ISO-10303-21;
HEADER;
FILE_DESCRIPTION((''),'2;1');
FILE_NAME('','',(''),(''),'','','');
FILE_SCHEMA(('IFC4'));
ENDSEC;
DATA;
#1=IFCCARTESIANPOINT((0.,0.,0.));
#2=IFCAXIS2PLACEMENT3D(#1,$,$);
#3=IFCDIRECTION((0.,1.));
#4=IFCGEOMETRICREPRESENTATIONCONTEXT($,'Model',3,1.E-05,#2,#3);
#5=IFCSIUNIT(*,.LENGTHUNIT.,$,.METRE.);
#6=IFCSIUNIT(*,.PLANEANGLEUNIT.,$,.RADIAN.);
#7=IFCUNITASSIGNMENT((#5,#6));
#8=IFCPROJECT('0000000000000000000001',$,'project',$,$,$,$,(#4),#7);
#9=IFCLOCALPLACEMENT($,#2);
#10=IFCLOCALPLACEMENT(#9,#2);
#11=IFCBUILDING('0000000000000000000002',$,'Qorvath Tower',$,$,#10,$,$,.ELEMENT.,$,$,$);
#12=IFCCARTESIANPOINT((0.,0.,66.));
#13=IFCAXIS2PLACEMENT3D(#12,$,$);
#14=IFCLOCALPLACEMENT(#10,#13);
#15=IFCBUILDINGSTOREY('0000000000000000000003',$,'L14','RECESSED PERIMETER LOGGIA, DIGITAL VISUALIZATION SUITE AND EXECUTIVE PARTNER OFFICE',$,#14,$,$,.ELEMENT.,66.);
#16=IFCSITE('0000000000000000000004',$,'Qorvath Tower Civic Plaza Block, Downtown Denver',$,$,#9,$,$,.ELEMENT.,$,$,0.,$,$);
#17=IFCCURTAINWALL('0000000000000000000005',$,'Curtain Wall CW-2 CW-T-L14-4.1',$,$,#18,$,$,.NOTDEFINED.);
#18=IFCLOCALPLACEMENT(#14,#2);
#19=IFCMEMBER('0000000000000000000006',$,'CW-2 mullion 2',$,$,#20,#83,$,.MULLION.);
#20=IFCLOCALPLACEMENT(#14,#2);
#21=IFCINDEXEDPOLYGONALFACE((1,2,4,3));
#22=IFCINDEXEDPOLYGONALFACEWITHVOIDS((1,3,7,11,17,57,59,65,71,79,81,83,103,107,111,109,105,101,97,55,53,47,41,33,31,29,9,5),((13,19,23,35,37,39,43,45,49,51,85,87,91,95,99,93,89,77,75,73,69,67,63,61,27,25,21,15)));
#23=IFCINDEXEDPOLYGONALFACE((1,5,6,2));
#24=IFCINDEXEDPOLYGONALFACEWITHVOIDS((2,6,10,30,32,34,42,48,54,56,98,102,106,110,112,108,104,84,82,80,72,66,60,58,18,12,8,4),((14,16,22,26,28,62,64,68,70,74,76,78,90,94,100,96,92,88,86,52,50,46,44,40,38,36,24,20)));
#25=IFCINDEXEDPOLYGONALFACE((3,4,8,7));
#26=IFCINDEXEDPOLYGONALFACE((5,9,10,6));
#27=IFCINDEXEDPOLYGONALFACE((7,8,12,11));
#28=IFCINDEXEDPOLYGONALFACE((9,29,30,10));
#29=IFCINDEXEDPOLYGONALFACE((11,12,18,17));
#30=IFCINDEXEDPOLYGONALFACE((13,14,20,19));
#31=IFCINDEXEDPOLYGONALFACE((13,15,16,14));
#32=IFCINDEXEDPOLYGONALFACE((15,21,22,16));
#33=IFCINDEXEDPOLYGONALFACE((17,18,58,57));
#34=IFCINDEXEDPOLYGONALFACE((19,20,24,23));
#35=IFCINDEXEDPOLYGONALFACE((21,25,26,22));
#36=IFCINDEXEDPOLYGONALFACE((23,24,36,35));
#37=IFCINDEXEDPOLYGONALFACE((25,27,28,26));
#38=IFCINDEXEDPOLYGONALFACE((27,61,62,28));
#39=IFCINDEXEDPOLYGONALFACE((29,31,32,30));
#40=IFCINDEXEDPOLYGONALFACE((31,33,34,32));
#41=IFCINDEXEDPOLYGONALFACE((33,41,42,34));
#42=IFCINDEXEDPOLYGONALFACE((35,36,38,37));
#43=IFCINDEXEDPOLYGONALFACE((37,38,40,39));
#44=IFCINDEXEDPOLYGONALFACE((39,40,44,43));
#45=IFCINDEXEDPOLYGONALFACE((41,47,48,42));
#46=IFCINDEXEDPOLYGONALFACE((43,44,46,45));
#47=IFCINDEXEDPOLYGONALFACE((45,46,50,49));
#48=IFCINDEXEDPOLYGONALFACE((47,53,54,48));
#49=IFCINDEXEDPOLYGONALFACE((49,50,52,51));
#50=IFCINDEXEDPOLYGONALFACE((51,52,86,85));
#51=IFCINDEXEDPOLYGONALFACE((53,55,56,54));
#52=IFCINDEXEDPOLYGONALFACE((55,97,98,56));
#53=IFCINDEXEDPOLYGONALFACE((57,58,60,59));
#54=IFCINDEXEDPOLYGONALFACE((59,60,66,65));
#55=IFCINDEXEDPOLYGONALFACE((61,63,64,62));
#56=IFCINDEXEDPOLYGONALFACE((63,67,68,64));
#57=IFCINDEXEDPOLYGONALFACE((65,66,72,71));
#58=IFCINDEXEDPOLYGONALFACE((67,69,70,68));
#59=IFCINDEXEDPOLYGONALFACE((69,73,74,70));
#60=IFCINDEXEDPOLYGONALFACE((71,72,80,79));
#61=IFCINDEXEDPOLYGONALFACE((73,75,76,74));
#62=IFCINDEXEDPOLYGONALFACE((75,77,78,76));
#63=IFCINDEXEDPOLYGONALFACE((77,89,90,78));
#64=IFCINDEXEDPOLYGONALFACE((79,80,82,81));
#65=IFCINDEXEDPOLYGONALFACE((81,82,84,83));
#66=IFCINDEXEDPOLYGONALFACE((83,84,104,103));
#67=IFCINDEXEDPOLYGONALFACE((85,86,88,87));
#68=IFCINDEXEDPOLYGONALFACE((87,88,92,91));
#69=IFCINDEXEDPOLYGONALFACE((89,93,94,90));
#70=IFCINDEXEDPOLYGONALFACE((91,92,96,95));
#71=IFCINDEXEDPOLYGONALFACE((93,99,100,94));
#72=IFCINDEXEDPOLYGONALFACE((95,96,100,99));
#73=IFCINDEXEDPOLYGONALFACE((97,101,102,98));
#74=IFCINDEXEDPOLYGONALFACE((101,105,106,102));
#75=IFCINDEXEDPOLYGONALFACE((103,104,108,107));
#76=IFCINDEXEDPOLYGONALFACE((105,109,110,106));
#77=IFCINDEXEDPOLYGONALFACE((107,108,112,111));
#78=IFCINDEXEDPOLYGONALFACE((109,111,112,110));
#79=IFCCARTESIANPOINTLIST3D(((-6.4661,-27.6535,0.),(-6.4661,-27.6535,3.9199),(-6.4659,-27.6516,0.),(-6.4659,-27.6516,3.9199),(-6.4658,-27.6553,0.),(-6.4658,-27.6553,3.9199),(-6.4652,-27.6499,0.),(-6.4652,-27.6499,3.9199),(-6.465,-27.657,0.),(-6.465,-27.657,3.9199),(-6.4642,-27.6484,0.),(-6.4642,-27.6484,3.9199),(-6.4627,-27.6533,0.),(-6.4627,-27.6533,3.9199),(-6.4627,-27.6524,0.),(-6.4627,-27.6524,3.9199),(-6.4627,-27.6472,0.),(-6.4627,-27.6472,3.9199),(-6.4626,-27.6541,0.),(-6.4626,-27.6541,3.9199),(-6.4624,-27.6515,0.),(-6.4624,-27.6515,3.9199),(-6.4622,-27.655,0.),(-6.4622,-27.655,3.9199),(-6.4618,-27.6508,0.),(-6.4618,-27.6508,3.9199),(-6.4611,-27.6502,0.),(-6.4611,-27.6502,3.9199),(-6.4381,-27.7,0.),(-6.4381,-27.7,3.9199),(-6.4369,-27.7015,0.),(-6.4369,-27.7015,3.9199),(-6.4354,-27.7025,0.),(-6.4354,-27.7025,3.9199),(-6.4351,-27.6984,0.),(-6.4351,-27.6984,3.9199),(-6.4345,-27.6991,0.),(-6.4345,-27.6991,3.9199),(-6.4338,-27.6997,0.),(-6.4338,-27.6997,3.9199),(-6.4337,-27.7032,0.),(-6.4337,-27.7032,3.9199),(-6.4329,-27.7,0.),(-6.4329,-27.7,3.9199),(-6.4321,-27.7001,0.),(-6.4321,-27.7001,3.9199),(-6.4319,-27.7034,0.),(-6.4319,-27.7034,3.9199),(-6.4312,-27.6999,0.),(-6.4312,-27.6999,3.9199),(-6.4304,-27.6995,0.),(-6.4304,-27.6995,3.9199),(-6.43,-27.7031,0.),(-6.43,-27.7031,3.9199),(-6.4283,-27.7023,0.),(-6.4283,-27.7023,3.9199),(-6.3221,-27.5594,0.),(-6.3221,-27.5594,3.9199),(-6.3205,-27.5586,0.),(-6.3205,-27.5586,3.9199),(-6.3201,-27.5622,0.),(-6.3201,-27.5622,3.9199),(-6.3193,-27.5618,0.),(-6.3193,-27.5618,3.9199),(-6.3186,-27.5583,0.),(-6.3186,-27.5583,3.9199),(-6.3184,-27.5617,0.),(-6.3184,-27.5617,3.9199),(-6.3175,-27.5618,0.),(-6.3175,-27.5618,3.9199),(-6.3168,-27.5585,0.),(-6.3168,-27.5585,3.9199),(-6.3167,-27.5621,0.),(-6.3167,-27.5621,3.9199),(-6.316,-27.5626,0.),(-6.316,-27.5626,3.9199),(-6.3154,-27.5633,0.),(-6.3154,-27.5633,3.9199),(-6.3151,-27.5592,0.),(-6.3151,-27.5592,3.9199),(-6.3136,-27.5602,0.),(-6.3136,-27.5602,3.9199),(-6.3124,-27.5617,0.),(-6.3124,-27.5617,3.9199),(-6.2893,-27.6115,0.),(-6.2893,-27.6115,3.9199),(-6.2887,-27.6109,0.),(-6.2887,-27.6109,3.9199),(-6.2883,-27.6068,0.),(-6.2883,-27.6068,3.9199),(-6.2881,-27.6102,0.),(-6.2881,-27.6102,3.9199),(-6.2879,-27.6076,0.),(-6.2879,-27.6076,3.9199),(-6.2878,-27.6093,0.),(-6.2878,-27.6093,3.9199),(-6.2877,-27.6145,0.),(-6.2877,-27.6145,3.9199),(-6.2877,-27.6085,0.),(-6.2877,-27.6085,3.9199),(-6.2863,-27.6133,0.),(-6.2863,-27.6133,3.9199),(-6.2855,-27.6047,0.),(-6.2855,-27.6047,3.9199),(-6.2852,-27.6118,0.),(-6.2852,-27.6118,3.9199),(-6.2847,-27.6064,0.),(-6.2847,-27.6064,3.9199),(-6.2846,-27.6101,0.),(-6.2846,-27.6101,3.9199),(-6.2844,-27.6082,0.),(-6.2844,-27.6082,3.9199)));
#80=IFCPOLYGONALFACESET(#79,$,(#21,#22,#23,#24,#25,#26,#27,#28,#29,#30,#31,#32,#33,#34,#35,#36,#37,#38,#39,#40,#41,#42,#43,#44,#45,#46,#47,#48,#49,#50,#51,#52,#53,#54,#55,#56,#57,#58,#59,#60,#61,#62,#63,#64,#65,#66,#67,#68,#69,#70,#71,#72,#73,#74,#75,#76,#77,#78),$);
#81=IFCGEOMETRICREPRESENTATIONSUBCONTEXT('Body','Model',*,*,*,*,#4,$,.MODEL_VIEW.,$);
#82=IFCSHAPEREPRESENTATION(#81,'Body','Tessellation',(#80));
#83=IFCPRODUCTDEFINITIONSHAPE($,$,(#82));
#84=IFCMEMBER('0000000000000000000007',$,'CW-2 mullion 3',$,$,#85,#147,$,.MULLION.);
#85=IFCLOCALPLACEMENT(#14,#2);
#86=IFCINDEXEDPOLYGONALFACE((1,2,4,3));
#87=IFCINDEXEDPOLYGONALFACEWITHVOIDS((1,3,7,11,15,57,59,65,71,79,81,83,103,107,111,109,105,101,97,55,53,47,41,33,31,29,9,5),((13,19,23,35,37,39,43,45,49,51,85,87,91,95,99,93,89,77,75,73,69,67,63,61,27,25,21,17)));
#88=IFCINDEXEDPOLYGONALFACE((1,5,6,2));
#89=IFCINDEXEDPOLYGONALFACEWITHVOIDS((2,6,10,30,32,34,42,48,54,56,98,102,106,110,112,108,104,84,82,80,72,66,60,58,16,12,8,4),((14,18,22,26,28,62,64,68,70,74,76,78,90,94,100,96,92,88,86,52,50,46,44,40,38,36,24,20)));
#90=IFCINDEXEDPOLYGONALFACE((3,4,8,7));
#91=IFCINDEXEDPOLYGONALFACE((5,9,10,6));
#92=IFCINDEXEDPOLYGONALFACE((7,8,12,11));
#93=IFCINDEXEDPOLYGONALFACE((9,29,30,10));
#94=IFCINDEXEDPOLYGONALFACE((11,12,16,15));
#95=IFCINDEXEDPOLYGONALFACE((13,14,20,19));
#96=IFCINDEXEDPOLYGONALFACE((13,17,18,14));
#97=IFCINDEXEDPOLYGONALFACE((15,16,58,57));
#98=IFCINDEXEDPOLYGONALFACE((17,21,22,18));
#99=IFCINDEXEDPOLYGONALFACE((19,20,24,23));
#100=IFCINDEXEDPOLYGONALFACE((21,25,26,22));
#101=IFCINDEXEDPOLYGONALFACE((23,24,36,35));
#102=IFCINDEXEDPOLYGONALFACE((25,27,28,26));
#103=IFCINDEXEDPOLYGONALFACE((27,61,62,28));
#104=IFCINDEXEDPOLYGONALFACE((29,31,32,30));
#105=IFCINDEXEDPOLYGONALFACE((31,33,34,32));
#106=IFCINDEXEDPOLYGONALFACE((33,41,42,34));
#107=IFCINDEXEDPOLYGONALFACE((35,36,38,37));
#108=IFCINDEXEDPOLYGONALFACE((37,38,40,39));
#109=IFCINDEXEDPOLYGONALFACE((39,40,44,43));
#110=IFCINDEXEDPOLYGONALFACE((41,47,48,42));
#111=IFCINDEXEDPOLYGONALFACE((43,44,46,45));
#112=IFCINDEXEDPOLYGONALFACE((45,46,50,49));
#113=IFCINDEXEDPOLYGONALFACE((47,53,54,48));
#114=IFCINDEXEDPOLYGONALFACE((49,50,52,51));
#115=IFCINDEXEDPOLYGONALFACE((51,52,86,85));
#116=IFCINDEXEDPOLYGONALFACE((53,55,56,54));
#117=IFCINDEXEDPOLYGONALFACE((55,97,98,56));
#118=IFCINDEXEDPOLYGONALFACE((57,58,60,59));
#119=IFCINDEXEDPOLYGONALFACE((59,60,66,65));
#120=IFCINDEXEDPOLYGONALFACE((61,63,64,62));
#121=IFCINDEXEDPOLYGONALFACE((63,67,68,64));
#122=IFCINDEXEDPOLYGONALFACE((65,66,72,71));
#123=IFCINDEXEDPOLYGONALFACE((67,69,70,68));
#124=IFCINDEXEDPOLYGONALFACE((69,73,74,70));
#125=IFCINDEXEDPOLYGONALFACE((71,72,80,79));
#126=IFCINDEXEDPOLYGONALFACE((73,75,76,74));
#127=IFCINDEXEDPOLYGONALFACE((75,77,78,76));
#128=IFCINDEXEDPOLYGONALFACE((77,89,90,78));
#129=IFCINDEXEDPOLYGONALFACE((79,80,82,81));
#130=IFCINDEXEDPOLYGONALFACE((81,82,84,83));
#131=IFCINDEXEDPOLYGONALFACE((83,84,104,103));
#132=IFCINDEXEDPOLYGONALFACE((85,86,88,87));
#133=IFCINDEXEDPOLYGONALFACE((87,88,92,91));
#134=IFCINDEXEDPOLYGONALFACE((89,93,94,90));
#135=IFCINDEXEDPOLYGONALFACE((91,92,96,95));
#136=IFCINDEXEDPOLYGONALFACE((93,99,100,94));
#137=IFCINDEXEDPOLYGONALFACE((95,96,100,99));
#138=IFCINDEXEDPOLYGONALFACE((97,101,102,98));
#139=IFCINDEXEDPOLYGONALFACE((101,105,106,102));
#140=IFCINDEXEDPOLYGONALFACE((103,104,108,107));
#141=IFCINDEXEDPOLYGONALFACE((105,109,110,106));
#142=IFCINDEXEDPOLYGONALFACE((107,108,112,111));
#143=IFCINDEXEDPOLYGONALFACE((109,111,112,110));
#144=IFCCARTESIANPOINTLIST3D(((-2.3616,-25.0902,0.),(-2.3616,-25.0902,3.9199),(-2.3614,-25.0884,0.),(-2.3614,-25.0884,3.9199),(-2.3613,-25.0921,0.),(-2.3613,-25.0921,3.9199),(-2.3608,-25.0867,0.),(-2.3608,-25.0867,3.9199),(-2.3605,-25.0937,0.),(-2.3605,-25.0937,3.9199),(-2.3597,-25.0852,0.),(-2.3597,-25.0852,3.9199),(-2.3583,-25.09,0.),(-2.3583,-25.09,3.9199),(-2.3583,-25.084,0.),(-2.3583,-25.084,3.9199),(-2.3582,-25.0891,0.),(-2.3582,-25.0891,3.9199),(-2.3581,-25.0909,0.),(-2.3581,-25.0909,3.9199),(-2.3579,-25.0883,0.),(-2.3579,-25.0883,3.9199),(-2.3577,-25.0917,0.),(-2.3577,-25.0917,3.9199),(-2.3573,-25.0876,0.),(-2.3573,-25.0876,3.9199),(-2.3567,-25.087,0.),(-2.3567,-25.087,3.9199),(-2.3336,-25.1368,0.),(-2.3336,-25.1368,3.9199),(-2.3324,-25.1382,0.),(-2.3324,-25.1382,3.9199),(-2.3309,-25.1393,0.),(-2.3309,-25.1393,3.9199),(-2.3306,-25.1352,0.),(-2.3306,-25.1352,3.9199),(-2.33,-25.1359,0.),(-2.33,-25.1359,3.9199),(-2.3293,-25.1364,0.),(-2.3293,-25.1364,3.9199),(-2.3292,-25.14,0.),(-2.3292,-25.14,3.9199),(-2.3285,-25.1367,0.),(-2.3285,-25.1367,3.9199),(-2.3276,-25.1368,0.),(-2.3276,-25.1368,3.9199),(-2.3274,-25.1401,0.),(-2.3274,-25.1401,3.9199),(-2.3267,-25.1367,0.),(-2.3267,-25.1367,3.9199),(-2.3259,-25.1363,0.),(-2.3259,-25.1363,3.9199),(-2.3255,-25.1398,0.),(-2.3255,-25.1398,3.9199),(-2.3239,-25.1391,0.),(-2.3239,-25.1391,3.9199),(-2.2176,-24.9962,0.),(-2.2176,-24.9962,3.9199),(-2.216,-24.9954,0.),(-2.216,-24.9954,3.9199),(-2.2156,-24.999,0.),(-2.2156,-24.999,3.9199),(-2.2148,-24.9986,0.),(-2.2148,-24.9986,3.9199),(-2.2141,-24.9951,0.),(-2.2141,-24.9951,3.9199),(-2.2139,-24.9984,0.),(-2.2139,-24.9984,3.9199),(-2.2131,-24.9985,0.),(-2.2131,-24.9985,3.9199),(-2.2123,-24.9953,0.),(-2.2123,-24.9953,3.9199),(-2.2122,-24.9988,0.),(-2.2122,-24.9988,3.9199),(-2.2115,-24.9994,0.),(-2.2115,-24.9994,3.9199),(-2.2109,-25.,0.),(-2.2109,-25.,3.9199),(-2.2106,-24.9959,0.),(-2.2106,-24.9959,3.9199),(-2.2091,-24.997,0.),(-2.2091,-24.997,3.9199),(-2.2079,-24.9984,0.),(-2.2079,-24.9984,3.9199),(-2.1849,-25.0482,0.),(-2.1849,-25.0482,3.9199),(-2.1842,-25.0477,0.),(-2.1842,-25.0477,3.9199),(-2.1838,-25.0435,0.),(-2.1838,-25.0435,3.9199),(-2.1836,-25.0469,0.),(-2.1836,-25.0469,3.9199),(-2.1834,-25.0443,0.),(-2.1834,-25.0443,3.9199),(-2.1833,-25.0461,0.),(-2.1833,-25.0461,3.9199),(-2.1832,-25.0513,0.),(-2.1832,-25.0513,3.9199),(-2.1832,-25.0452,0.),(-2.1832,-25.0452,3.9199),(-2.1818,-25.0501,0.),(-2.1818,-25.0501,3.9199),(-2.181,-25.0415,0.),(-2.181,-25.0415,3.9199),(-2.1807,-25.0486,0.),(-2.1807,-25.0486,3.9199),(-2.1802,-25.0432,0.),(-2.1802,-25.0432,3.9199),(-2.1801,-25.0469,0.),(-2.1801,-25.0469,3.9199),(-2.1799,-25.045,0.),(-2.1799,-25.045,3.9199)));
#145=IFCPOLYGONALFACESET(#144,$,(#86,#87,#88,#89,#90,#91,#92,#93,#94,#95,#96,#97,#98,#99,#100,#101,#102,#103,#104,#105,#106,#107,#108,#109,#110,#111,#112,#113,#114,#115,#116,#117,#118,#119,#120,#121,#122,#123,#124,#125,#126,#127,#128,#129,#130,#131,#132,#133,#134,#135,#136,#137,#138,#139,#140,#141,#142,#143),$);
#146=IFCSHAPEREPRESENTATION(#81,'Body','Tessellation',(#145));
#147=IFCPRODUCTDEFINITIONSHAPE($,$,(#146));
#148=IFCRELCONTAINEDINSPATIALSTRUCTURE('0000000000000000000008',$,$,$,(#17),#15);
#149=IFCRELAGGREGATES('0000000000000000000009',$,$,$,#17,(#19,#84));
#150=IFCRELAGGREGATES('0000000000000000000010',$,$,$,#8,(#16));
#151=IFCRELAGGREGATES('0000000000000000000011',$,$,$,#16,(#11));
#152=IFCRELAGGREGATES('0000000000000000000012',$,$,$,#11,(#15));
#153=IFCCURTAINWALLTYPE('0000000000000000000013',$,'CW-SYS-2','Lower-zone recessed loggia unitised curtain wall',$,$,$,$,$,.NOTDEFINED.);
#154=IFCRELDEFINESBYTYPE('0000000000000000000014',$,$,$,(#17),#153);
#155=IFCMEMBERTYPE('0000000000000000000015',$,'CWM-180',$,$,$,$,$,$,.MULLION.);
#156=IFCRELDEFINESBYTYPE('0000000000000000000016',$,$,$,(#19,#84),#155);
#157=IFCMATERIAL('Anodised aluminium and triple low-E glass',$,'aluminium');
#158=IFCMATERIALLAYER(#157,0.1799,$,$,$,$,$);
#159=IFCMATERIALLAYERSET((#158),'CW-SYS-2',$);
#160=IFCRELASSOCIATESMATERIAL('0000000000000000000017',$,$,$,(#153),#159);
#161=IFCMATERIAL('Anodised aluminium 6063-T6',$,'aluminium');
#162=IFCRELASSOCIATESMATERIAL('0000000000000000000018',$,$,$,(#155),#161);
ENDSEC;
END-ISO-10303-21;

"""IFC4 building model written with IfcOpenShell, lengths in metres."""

from ifc_helpers import new_model, si_unit, direction, frame, origin, origin_2d, place, context, subcontext, project, spatial, hollow_rectangle, extrude, material, layer, layer_set, material_profile, profile_set, type_object, element, aggregate, save


model = new_model("IFC4")

# Units and contexts
model_context = context("Model", 3, precision=1e-05, world=origin(), true_north=direction((0.0, 1.0)))
body_context = subcontext(model_context, "Body", "Model", "MODEL_VIEW")
ifc_project = project(units=[si_unit("LENGTHUNIT", "METRE"), si_unit("PLANEANGLEUNIT", "RADIAN")], contexts=[model_context])

# Site, building, storey
site_placement = place(None, origin())
site = spatial("IfcSite", under=ifc_project, at=site_placement, Name="Qorvath Tower Civic Plaza Block, Downtown Denver", CompositionType="ELEMENT", RefElevation=0.0)
building_placement = place(site_placement, origin())
building = spatial("IfcBuilding", under=site, at=building_placement, Name="Qorvath Tower", CompositionType="ELEMENT")
storey_placement = place(building_placement, frame((0.0, 0.0, 66.0)))
storey = spatial("IfcBuildingStorey", under=building, at=storey_placement, Name="L14", Description="RECESSED PERIMETER LOGGIA, DIGITAL VISUALIZATION SUITE AND EXECUTIVE PARTNER OFFICE", CompositionType="ELEMENT", Elevation=66.0)

# Shared definitions
ifc_material_1 = material(Name="Anodised aluminium and triple low-E glass", Category="aluminium")
ifc_layer_1 = layer(ifc_material_1, 0.1799)
ifc_layer_set_1 = layer_set([ifc_layer_1], Name="CW-SYS-2")
curtain_wall_type = type_object("IfcCurtainWallType", Name="CW-SYS-2", Description="Lower-zone recessed loggia unitised curtain wall", PredefinedType="NOTDEFINED", material=ifc_layer_set_1)
ifc_material_2 = material(Name="Anodised aluminium 6063-T6", Category="aluminium")
ifc_material_profile_1 = material_profile(ifc_material_2, hollow_rectangle(XDim=0.0649, YDim=0.1799, WallThickness=0.0034, InnerFilletRadius=0.0034, OuterFilletRadius=0.0071, at=origin_2d()), Name="CWM 180x65")
ifc_profile_set_1 = profile_set([ifc_material_profile_1], Name="Anodised aluminium 6063-T6")
member_type_1 = type_object("IfcMemberType", Name="CWM-180", PredefinedType="MULLION", material=ifc_profile_set_1)

# Curtain wall, members
curtain_wall_1_placement = place(storey_placement, origin())
curtain_wall_1 = element("IfcCurtainWall", 1, at=curtain_wall_1_placement, inside=storey, type_object=curtain_wall_type, Name="Curtain Wall CW-2 CW-T-L14-4.1", PredefinedType="NOTDEFINED")
member_1_placement = place(storey_placement, frame((-6.3752, -27.6309, 0.0), z_axis=(0.0, 0.0, 1.0), x_axis=(-0.529686, 0.848194, 0.0)))
member_1 = element("IfcMember", 2, at=member_1_placement, type_object=member_type_1, Name="CW-2 mullion 2", PredefinedType="MULLION", context=body_context, shape_type="SweptSolid", body=[
    extrude(hollow_rectangle(XDim=0.0649, YDim=0.1799, WallThickness=0.0034, InnerFilletRadius=0.0034, OuterFilletRadius=0.0071, at=origin_2d()), origin(), (0.0, 0.0, 1.0), 3.9199),
])
member_2_placement = place(storey_placement, frame((-2.2708, -25.0676, 0.0), z_axis=(0.0, 0.0, 1.0), x_axis=(-0.529686, 0.848194, 0.0)))
member_2 = element("IfcMember", 3, at=member_2_placement, type_object=member_type_1, Name="CW-2 mullion 3", PredefinedType="MULLION", context=body_context, shape_type="SweptSolid", body=[
    extrude(hollow_rectangle(XDim=0.0649, YDim=0.1799, WallThickness=0.0034, InnerFilletRadius=0.0034, OuterFilletRadius=0.0071, at=origin_2d()), origin(), (0.0, 0.0, 1.0), 3.9199),
])

aggregate(curtain_wall_1, [member_1, member_2])

save(model, "model.ifc")
